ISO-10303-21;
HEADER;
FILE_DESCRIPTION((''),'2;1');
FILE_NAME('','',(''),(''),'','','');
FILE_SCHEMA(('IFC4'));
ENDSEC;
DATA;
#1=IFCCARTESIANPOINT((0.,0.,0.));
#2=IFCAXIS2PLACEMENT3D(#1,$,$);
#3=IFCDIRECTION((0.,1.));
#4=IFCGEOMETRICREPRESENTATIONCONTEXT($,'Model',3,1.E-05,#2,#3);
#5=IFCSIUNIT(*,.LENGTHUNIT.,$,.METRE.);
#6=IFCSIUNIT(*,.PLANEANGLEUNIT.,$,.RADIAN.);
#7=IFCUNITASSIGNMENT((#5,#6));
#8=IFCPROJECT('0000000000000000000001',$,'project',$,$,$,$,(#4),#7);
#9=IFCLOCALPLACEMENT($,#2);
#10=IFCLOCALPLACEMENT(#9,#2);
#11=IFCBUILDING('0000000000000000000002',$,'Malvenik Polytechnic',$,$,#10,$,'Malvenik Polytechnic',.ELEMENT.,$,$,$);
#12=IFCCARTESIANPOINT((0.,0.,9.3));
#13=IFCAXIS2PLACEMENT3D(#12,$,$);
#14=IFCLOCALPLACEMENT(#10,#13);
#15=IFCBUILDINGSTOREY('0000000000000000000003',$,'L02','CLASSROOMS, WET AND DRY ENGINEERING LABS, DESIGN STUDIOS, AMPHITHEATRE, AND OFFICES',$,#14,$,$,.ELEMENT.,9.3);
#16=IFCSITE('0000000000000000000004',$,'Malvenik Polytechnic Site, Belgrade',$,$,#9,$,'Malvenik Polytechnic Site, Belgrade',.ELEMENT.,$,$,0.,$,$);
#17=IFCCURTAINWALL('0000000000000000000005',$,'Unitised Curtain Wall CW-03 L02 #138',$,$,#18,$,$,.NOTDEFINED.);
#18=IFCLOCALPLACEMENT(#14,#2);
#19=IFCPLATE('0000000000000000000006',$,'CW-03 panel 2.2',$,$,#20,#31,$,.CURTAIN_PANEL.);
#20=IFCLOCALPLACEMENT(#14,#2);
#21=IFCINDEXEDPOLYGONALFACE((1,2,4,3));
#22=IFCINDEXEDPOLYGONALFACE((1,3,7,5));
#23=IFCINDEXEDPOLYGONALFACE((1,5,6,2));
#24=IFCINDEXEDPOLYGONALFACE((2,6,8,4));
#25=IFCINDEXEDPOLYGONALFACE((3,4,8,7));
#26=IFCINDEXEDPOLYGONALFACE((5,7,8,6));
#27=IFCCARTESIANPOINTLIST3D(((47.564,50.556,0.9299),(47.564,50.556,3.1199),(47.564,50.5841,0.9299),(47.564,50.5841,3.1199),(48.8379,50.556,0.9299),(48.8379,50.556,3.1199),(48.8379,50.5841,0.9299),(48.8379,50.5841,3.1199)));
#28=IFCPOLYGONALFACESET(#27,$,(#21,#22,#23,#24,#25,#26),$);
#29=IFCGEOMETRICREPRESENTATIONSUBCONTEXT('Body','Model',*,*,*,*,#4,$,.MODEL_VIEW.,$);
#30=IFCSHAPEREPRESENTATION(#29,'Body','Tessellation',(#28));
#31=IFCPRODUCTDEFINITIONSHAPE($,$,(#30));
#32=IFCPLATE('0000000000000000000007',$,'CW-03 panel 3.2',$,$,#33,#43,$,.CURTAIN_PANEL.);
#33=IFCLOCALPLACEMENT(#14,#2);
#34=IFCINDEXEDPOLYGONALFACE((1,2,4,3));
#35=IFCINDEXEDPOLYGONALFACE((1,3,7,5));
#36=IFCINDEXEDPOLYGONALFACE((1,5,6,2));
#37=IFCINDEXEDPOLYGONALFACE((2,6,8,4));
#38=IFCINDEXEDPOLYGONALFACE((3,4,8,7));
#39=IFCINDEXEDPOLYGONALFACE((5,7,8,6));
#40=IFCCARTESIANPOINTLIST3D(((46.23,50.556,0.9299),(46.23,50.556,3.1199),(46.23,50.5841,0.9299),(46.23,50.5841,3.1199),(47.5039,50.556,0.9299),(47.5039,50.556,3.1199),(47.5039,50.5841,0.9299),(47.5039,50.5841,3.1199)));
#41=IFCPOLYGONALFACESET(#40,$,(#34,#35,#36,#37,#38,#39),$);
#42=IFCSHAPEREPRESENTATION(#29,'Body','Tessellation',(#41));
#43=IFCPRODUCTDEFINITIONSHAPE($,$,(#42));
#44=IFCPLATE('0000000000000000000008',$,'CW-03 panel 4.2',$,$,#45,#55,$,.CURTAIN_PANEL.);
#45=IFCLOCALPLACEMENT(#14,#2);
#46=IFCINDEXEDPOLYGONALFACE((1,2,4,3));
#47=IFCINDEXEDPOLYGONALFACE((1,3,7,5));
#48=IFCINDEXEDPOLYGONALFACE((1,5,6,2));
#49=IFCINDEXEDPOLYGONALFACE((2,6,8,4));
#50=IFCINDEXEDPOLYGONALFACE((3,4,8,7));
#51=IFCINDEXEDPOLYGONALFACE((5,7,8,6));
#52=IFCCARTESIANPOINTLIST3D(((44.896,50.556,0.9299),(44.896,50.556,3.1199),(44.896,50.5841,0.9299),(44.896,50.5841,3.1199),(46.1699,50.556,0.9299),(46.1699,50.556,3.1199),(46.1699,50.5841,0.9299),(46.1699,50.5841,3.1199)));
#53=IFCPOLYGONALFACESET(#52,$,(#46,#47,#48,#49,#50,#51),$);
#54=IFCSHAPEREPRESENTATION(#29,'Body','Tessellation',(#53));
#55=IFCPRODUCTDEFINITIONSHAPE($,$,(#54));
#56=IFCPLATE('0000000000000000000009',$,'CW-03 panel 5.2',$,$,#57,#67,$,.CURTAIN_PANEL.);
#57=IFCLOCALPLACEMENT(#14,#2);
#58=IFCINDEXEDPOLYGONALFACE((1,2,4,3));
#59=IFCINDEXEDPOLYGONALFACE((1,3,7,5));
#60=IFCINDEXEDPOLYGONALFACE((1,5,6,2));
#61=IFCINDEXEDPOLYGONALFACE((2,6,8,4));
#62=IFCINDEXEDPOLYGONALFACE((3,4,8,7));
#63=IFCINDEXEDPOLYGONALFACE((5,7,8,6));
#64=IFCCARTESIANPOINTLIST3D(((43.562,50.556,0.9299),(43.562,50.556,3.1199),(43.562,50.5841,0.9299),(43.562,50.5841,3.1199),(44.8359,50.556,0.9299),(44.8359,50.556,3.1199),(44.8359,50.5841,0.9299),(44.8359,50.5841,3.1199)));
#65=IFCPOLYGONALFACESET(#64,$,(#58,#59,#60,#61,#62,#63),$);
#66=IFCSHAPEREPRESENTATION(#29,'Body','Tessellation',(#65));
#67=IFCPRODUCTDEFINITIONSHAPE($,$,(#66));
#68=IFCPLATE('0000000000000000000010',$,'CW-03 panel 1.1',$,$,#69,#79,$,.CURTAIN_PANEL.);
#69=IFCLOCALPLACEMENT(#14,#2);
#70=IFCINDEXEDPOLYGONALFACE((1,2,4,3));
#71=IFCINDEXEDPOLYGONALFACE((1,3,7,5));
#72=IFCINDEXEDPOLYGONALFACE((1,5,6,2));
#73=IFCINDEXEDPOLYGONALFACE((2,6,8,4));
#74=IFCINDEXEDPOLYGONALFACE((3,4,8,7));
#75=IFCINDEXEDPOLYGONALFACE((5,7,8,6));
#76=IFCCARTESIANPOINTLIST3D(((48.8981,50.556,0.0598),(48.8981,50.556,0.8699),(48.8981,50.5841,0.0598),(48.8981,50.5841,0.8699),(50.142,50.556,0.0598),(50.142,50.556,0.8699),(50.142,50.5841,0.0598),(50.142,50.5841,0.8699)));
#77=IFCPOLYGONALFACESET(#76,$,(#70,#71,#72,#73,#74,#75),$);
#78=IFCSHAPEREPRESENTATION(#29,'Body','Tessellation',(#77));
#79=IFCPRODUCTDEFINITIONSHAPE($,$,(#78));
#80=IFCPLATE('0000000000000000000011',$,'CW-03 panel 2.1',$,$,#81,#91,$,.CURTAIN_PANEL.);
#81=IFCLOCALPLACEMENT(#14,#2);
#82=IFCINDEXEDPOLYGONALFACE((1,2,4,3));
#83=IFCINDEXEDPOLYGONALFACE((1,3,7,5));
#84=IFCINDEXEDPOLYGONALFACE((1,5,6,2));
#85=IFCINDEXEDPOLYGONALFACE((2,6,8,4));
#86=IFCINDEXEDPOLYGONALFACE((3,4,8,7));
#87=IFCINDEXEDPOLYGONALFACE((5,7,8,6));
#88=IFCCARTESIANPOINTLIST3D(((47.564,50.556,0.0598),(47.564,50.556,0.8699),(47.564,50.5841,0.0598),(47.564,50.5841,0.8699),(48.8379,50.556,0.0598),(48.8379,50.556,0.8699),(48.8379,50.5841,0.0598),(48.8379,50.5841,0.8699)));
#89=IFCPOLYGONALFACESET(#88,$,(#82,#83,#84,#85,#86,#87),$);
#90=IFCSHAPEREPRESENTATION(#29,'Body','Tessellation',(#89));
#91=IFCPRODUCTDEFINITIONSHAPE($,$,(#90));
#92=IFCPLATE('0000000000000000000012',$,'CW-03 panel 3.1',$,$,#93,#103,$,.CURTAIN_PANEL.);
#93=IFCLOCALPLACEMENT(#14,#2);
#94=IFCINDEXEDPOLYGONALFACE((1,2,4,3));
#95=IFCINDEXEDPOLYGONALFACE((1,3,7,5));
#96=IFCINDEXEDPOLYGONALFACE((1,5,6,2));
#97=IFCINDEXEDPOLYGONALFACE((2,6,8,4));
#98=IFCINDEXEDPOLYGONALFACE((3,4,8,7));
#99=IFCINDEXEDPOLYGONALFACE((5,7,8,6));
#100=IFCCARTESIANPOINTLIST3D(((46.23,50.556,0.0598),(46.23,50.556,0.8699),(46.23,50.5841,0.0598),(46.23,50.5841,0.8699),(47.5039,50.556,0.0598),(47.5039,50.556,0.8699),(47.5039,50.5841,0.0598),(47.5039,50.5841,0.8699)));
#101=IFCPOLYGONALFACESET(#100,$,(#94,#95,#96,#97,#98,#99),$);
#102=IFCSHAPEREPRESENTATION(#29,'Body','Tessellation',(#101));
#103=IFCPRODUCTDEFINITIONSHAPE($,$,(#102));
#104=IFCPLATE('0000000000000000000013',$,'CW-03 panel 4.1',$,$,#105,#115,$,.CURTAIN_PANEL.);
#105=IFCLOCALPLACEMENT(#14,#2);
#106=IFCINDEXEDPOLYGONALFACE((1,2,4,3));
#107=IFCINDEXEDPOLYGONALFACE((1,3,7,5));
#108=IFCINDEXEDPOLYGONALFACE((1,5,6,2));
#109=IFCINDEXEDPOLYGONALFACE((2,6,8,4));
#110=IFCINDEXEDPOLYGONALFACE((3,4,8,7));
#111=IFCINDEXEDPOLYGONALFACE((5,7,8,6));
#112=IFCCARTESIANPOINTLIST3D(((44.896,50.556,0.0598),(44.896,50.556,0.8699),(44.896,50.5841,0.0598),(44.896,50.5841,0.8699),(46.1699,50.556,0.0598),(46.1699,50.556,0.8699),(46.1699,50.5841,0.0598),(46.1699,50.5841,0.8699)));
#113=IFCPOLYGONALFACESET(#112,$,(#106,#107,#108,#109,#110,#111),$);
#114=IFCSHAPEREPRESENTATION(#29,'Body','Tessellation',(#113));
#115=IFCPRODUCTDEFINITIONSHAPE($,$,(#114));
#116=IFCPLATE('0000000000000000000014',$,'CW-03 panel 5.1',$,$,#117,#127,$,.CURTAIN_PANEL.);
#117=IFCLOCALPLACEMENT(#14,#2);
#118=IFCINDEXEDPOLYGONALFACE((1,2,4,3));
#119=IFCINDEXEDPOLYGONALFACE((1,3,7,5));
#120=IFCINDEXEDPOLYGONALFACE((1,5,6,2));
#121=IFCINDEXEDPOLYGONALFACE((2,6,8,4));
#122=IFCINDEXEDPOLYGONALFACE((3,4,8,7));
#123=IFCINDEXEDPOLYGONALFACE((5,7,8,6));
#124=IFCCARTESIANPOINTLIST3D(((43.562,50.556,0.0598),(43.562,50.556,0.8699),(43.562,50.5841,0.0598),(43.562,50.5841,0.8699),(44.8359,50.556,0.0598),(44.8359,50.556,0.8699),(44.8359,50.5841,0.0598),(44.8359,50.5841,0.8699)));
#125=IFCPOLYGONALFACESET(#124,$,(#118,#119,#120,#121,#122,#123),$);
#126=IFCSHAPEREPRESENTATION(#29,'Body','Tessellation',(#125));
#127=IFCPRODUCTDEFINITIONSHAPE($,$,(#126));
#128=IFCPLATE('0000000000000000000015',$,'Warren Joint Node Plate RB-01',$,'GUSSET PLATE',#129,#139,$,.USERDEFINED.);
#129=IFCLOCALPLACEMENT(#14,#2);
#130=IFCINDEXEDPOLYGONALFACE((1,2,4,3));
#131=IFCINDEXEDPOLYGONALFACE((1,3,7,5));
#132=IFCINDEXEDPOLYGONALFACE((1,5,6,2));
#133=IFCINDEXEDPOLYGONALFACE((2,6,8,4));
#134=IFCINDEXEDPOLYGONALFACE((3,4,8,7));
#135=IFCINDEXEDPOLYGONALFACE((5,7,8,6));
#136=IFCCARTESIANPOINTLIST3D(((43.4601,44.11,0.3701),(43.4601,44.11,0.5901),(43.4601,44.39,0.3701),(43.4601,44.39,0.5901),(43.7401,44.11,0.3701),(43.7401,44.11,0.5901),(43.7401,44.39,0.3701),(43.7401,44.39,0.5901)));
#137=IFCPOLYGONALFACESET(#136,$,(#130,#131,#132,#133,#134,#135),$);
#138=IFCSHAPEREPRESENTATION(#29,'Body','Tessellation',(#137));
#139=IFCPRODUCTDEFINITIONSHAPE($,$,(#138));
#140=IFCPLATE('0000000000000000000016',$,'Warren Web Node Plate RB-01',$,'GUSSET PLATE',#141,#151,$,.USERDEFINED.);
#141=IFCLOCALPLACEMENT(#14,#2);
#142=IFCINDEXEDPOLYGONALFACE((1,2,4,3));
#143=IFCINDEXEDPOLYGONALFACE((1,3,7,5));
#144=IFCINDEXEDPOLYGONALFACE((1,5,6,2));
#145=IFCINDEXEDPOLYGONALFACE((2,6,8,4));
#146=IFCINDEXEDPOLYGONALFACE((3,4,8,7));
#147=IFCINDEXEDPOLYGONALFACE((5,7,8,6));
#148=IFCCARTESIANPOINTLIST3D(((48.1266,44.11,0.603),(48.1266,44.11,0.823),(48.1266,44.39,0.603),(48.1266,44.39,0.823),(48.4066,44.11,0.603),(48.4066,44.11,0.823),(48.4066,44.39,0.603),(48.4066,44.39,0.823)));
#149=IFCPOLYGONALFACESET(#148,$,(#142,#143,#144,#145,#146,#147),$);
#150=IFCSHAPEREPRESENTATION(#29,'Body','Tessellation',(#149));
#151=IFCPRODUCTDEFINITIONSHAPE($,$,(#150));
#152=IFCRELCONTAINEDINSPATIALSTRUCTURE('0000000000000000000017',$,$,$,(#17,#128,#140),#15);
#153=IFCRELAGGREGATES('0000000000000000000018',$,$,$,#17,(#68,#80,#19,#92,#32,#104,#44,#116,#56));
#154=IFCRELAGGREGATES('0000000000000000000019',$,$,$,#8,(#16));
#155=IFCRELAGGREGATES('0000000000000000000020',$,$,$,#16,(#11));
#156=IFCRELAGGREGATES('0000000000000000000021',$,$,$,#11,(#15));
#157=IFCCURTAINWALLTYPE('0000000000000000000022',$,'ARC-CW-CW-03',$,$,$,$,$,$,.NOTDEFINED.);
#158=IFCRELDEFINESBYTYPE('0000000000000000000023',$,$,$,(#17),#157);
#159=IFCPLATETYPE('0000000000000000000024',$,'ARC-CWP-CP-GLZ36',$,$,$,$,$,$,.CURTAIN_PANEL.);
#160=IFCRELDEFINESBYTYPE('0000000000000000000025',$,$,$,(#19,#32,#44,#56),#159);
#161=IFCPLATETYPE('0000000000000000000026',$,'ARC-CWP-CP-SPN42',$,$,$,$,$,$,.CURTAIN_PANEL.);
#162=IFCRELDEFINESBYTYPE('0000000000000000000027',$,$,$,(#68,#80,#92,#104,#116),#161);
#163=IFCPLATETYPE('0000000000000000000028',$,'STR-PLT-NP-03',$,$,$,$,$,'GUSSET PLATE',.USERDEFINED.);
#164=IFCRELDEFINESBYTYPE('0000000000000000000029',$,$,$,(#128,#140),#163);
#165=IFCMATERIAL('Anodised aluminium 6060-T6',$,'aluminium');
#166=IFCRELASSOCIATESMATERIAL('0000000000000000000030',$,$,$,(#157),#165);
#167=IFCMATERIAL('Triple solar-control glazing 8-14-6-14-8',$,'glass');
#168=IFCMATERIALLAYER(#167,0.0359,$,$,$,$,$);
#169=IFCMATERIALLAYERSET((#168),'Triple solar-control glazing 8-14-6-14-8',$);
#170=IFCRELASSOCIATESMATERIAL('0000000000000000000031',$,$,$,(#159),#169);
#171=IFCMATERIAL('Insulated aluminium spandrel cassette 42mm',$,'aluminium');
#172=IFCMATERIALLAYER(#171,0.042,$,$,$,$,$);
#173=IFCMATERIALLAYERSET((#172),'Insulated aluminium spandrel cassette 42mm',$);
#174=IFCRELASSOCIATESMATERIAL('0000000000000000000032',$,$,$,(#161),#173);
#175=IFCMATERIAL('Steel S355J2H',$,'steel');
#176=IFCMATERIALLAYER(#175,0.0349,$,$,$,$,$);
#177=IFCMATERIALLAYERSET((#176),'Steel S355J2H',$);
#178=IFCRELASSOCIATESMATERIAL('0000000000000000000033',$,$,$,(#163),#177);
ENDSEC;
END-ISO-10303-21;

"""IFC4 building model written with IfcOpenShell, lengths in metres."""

from ifc_helpers import new_model, si_unit, direction, frame, origin, origin_2d, place, context, subcontext, project, spatial, rectangle, extrude, material, layer, layer_set, type_object, element, aggregate, save


model = new_model("IFC4")

# Units and contexts
model_context = context("Model", 3, precision=1e-05, world=origin(), true_north=direction((0.0, 1.0)))
body_context = subcontext(model_context, "Body", "Model", "MODEL_VIEW")
ifc_project = project(units=[si_unit("LENGTHUNIT", "METRE"), si_unit("PLANEANGLEUNIT", "RADIAN")], contexts=[model_context])

# Site, building, storey
site_placement = place(None, origin())
site = spatial("IfcSite", under=ifc_project, at=site_placement, Name="Malvenik Polytechnic Site, Belgrade", LongName="Malvenik Polytechnic Site, Belgrade", CompositionType="ELEMENT", RefElevation=0.0)
building_placement = place(site_placement, origin())
building = spatial("IfcBuilding", under=site, at=building_placement, Name="Malvenik Polytechnic", LongName="Malvenik Polytechnic", CompositionType="ELEMENT")
storey_placement = place(building_placement, frame((0.0, 0.0, 9.3)))
storey = spatial("IfcBuildingStorey", under=building, at=storey_placement, Name="L02", Description="CLASSROOMS, WET AND DRY ENGINEERING LABS, DESIGN STUDIOS, AMPHITHEATRE, AND OFFICES", CompositionType="ELEMENT", Elevation=9.3)

# Shared definitions
ifc_material_1 = material(Name="Steel S355J2H", Category="steel")

# Curtain wall
ifc_material_2 = material(Name="Anodised aluminium 6060-T6", Category="aluminium")
curtain_wall_type = type_object("IfcCurtainWallType", Name="ARC-CW-CW-03", PredefinedType="NOTDEFINED", material=ifc_material_2)
curtain_wall_placement = place(storey_placement, origin())
curtain_wall = element("IfcCurtainWall", 1, at=curtain_wall_placement, inside=storey, type_object=curtain_wall_type, Name="Unitised Curtain Wall CW-03 L02 #138", PredefinedType="NOTDEFINED")

# Plates
ifc_material_3 = material(Name="Triple solar-control glazing 8-14-6-14-8", Category="glass")
ifc_layer_1 = layer(ifc_material_3, 0.0359)
ifc_layer_set_1 = layer_set([ifc_layer_1], Name="Triple solar-control glazing 8-14-6-14-8")
plate_type_1 = type_object("IfcPlateType", Name="ARC-CWP-CP-GLZ36", PredefinedType="CURTAIN_PANEL", material=ifc_layer_set_1)
plate_1_placement = place(storey_placement, frame((48.2009, 50.5701, 0.9299), z_axis=(0.0, 0.0, 1.0), x_axis=(-1.0, 0.0, 0.0)))
plate_1 = element("IfcPlate", 2, at=plate_1_placement, type_object=plate_type_1, Name="CW-03 panel 2.2", PredefinedType="CURTAIN_PANEL", context=body_context, shape_type="SweptSolid", body=[
    extrude(rectangle(XDim=1.2739, YDim=0.0281, at=origin_2d()), origin(), (0.0, 0.0, 1.0), 2.1899),
])
plate_2_placement = place(storey_placement, frame((46.8669, 50.5701, 0.9299), z_axis=(0.0, 0.0, 1.0), x_axis=(-1.0, 0.0, 0.0)))
plate_2 = element("IfcPlate", 3, at=plate_2_placement, type_object=plate_type_1, Name="CW-03 panel 3.2", PredefinedType="CURTAIN_PANEL", context=body_context, shape_type="SweptSolid", body=[
    extrude(rectangle(XDim=1.2739, YDim=0.0281, at=origin_2d()), origin(), (0.0, 0.0, 1.0), 2.1899),
])
plate_3_placement = place(storey_placement, frame((45.533, 50.5701, 0.9299), z_axis=(0.0, 0.0, 1.0), x_axis=(-1.0, 0.0, 0.0)))
plate_3 = element("IfcPlate", 4, at=plate_3_placement, type_object=plate_type_1, Name="CW-03 panel 4.2", PredefinedType="CURTAIN_PANEL", context=body_context, shape_type="SweptSolid", body=[
    extrude(rectangle(XDim=1.2739, YDim=0.0281, at=origin_2d()), origin(), (0.0, 0.0, 1.0), 2.1899),
])
plate_4_placement = place(storey_placement, frame((44.199, 50.5701, 0.9299), z_axis=(0.0, 0.0, 1.0), x_axis=(-1.0, 0.0, 0.0)))
plate_4 = element("IfcPlate", 5, at=plate_4_placement, type_object=plate_type_1, Name="CW-03 panel 5.2", PredefinedType="CURTAIN_PANEL", context=body_context, shape_type="SweptSolid", body=[
    extrude(rectangle(XDim=1.2739, YDim=0.0281, at=origin_2d()), origin(), (0.0, 0.0, 1.0), 2.1899),
])
ifc_material_4 = material(Name="Insulated aluminium spandrel cassette 42mm", Category="aluminium")
ifc_layer_2 = layer(ifc_material_4, 0.042)
ifc_layer_set_2 = layer_set([ifc_layer_2], Name="Insulated aluminium spandrel cassette 42mm")
plate_type_2 = type_object("IfcPlateType", Name="ARC-CWP-CP-SPN42", PredefinedType="CURTAIN_PANEL", material=ifc_layer_set_2)
plate_5_placement = place(storey_placement, frame((49.52, 50.5701, 0.0598), z_axis=(0.0, 0.0, 1.0), x_axis=(-1.0, 0.0, 0.0)))
plate_5 = element("IfcPlate", 6, at=plate_5_placement, type_object=plate_type_2, Name="CW-03 panel 1.1", PredefinedType="CURTAIN_PANEL", context=body_context, shape_type="SweptSolid", body=[
    extrude(rectangle(XDim=1.2439, YDim=0.0281, at=origin_2d()), origin(), (0.0, 0.0, 1.0), 0.8101),
])
plate_6_placement = place(storey_placement, frame((48.2009, 50.5701, 0.0598), z_axis=(0.0, 0.0, 1.0), x_axis=(-1.0, 0.0, 0.0)))
plate_6 = element("IfcPlate", 7, at=plate_6_placement, type_object=plate_type_2, Name="CW-03 panel 2.1", PredefinedType="CURTAIN_PANEL", context=body_context, shape_type="SweptSolid", body=[
    extrude(rectangle(XDim=1.2739, YDim=0.0281, at=origin_2d()), origin(), (0.0, 0.0, 1.0), 0.8101),
])
plate_7_placement = place(storey_placement, frame((46.8669, 50.5701, 0.0598), z_axis=(0.0, 0.0, 1.0), x_axis=(-1.0, 0.0, 0.0)))
plate_7 = element("IfcPlate", 8, at=plate_7_placement, type_object=plate_type_2, Name="CW-03 panel 3.1", PredefinedType="CURTAIN_PANEL", context=body_context, shape_type="SweptSolid", body=[
    extrude(rectangle(XDim=1.2739, YDim=0.0281, at=origin_2d()), origin(), (0.0, 0.0, 1.0), 0.8101),
])
plate_8_placement = place(storey_placement, frame((45.533, 50.5701, 0.0598), z_axis=(0.0, 0.0, 1.0), x_axis=(-1.0, 0.0, 0.0)))
plate_8 = element("IfcPlate", 9, at=plate_8_placement, type_object=plate_type_2, Name="CW-03 panel 4.1", PredefinedType="CURTAIN_PANEL", context=body_context, shape_type="SweptSolid", body=[
    extrude(rectangle(XDim=1.2739, YDim=0.0281, at=origin_2d()), origin(), (0.0, 0.0, 1.0), 0.8101),
])
plate_9_placement = place(storey_placement, frame((44.199, 50.5701, 0.0598), z_axis=(0.0, 0.0, 1.0), x_axis=(-1.0, 0.0, 0.0)))
plate_9 = element("IfcPlate", 10, at=plate_9_placement, type_object=plate_type_2, Name="CW-03 panel 5.1", PredefinedType="CURTAIN_PANEL", context=body_context, shape_type="SweptSolid", body=[
    extrude(rectangle(XDim=1.2739, YDim=0.0281, at=origin_2d()), origin(), (0.0, 0.0, 1.0), 0.8101),
])
aggregate(curtain_wall, [plate_5, plate_6, plate_1, plate_7, plate_2, plate_8, plate_3, plate_9, plate_4])

# Plates
ifc_layer_3 = layer(ifc_material_1, 0.0349)
ifc_layer_set_3 = layer_set([ifc_layer_3], Name="Steel S355J2H")
plate_type_3 = type_object("IfcPlateType", Name="STR-PLT-NP-03", ElementType="GUSSET PLATE", PredefinedType="USERDEFINED", material=ifc_layer_set_3)
for number, where, z_axis, x_axis, name in (
    (11, (43.6001, 44.25, 0.3701), (0.0, 0.0, 1.0), (1.0, 0.0, 0.0), "Warren Joint Node Plate RB-01"),
    (12, (48.2666, 44.25, 0.603), (0.0, 0.0, 1.0), (1.0, 0.0, 0.0), "Warren Web Node Plate RB-01"),
):
    element("IfcPlate", number, at=place(storey_placement, frame(where, z_axis=z_axis, x_axis=x_axis)), inside=storey, type_object=plate_type_3, Name=name, ObjectType="GUSSET PLATE", PredefinedType="USERDEFINED", context=body_context, shape_type="SweptSolid", body=[
        extrude(rectangle(XDim=0.28, YDim=0.28, at=origin_2d()), origin(), (0.0, 0.0, 1.0), 0.22),
    ])

save(model, "model.ifc")
